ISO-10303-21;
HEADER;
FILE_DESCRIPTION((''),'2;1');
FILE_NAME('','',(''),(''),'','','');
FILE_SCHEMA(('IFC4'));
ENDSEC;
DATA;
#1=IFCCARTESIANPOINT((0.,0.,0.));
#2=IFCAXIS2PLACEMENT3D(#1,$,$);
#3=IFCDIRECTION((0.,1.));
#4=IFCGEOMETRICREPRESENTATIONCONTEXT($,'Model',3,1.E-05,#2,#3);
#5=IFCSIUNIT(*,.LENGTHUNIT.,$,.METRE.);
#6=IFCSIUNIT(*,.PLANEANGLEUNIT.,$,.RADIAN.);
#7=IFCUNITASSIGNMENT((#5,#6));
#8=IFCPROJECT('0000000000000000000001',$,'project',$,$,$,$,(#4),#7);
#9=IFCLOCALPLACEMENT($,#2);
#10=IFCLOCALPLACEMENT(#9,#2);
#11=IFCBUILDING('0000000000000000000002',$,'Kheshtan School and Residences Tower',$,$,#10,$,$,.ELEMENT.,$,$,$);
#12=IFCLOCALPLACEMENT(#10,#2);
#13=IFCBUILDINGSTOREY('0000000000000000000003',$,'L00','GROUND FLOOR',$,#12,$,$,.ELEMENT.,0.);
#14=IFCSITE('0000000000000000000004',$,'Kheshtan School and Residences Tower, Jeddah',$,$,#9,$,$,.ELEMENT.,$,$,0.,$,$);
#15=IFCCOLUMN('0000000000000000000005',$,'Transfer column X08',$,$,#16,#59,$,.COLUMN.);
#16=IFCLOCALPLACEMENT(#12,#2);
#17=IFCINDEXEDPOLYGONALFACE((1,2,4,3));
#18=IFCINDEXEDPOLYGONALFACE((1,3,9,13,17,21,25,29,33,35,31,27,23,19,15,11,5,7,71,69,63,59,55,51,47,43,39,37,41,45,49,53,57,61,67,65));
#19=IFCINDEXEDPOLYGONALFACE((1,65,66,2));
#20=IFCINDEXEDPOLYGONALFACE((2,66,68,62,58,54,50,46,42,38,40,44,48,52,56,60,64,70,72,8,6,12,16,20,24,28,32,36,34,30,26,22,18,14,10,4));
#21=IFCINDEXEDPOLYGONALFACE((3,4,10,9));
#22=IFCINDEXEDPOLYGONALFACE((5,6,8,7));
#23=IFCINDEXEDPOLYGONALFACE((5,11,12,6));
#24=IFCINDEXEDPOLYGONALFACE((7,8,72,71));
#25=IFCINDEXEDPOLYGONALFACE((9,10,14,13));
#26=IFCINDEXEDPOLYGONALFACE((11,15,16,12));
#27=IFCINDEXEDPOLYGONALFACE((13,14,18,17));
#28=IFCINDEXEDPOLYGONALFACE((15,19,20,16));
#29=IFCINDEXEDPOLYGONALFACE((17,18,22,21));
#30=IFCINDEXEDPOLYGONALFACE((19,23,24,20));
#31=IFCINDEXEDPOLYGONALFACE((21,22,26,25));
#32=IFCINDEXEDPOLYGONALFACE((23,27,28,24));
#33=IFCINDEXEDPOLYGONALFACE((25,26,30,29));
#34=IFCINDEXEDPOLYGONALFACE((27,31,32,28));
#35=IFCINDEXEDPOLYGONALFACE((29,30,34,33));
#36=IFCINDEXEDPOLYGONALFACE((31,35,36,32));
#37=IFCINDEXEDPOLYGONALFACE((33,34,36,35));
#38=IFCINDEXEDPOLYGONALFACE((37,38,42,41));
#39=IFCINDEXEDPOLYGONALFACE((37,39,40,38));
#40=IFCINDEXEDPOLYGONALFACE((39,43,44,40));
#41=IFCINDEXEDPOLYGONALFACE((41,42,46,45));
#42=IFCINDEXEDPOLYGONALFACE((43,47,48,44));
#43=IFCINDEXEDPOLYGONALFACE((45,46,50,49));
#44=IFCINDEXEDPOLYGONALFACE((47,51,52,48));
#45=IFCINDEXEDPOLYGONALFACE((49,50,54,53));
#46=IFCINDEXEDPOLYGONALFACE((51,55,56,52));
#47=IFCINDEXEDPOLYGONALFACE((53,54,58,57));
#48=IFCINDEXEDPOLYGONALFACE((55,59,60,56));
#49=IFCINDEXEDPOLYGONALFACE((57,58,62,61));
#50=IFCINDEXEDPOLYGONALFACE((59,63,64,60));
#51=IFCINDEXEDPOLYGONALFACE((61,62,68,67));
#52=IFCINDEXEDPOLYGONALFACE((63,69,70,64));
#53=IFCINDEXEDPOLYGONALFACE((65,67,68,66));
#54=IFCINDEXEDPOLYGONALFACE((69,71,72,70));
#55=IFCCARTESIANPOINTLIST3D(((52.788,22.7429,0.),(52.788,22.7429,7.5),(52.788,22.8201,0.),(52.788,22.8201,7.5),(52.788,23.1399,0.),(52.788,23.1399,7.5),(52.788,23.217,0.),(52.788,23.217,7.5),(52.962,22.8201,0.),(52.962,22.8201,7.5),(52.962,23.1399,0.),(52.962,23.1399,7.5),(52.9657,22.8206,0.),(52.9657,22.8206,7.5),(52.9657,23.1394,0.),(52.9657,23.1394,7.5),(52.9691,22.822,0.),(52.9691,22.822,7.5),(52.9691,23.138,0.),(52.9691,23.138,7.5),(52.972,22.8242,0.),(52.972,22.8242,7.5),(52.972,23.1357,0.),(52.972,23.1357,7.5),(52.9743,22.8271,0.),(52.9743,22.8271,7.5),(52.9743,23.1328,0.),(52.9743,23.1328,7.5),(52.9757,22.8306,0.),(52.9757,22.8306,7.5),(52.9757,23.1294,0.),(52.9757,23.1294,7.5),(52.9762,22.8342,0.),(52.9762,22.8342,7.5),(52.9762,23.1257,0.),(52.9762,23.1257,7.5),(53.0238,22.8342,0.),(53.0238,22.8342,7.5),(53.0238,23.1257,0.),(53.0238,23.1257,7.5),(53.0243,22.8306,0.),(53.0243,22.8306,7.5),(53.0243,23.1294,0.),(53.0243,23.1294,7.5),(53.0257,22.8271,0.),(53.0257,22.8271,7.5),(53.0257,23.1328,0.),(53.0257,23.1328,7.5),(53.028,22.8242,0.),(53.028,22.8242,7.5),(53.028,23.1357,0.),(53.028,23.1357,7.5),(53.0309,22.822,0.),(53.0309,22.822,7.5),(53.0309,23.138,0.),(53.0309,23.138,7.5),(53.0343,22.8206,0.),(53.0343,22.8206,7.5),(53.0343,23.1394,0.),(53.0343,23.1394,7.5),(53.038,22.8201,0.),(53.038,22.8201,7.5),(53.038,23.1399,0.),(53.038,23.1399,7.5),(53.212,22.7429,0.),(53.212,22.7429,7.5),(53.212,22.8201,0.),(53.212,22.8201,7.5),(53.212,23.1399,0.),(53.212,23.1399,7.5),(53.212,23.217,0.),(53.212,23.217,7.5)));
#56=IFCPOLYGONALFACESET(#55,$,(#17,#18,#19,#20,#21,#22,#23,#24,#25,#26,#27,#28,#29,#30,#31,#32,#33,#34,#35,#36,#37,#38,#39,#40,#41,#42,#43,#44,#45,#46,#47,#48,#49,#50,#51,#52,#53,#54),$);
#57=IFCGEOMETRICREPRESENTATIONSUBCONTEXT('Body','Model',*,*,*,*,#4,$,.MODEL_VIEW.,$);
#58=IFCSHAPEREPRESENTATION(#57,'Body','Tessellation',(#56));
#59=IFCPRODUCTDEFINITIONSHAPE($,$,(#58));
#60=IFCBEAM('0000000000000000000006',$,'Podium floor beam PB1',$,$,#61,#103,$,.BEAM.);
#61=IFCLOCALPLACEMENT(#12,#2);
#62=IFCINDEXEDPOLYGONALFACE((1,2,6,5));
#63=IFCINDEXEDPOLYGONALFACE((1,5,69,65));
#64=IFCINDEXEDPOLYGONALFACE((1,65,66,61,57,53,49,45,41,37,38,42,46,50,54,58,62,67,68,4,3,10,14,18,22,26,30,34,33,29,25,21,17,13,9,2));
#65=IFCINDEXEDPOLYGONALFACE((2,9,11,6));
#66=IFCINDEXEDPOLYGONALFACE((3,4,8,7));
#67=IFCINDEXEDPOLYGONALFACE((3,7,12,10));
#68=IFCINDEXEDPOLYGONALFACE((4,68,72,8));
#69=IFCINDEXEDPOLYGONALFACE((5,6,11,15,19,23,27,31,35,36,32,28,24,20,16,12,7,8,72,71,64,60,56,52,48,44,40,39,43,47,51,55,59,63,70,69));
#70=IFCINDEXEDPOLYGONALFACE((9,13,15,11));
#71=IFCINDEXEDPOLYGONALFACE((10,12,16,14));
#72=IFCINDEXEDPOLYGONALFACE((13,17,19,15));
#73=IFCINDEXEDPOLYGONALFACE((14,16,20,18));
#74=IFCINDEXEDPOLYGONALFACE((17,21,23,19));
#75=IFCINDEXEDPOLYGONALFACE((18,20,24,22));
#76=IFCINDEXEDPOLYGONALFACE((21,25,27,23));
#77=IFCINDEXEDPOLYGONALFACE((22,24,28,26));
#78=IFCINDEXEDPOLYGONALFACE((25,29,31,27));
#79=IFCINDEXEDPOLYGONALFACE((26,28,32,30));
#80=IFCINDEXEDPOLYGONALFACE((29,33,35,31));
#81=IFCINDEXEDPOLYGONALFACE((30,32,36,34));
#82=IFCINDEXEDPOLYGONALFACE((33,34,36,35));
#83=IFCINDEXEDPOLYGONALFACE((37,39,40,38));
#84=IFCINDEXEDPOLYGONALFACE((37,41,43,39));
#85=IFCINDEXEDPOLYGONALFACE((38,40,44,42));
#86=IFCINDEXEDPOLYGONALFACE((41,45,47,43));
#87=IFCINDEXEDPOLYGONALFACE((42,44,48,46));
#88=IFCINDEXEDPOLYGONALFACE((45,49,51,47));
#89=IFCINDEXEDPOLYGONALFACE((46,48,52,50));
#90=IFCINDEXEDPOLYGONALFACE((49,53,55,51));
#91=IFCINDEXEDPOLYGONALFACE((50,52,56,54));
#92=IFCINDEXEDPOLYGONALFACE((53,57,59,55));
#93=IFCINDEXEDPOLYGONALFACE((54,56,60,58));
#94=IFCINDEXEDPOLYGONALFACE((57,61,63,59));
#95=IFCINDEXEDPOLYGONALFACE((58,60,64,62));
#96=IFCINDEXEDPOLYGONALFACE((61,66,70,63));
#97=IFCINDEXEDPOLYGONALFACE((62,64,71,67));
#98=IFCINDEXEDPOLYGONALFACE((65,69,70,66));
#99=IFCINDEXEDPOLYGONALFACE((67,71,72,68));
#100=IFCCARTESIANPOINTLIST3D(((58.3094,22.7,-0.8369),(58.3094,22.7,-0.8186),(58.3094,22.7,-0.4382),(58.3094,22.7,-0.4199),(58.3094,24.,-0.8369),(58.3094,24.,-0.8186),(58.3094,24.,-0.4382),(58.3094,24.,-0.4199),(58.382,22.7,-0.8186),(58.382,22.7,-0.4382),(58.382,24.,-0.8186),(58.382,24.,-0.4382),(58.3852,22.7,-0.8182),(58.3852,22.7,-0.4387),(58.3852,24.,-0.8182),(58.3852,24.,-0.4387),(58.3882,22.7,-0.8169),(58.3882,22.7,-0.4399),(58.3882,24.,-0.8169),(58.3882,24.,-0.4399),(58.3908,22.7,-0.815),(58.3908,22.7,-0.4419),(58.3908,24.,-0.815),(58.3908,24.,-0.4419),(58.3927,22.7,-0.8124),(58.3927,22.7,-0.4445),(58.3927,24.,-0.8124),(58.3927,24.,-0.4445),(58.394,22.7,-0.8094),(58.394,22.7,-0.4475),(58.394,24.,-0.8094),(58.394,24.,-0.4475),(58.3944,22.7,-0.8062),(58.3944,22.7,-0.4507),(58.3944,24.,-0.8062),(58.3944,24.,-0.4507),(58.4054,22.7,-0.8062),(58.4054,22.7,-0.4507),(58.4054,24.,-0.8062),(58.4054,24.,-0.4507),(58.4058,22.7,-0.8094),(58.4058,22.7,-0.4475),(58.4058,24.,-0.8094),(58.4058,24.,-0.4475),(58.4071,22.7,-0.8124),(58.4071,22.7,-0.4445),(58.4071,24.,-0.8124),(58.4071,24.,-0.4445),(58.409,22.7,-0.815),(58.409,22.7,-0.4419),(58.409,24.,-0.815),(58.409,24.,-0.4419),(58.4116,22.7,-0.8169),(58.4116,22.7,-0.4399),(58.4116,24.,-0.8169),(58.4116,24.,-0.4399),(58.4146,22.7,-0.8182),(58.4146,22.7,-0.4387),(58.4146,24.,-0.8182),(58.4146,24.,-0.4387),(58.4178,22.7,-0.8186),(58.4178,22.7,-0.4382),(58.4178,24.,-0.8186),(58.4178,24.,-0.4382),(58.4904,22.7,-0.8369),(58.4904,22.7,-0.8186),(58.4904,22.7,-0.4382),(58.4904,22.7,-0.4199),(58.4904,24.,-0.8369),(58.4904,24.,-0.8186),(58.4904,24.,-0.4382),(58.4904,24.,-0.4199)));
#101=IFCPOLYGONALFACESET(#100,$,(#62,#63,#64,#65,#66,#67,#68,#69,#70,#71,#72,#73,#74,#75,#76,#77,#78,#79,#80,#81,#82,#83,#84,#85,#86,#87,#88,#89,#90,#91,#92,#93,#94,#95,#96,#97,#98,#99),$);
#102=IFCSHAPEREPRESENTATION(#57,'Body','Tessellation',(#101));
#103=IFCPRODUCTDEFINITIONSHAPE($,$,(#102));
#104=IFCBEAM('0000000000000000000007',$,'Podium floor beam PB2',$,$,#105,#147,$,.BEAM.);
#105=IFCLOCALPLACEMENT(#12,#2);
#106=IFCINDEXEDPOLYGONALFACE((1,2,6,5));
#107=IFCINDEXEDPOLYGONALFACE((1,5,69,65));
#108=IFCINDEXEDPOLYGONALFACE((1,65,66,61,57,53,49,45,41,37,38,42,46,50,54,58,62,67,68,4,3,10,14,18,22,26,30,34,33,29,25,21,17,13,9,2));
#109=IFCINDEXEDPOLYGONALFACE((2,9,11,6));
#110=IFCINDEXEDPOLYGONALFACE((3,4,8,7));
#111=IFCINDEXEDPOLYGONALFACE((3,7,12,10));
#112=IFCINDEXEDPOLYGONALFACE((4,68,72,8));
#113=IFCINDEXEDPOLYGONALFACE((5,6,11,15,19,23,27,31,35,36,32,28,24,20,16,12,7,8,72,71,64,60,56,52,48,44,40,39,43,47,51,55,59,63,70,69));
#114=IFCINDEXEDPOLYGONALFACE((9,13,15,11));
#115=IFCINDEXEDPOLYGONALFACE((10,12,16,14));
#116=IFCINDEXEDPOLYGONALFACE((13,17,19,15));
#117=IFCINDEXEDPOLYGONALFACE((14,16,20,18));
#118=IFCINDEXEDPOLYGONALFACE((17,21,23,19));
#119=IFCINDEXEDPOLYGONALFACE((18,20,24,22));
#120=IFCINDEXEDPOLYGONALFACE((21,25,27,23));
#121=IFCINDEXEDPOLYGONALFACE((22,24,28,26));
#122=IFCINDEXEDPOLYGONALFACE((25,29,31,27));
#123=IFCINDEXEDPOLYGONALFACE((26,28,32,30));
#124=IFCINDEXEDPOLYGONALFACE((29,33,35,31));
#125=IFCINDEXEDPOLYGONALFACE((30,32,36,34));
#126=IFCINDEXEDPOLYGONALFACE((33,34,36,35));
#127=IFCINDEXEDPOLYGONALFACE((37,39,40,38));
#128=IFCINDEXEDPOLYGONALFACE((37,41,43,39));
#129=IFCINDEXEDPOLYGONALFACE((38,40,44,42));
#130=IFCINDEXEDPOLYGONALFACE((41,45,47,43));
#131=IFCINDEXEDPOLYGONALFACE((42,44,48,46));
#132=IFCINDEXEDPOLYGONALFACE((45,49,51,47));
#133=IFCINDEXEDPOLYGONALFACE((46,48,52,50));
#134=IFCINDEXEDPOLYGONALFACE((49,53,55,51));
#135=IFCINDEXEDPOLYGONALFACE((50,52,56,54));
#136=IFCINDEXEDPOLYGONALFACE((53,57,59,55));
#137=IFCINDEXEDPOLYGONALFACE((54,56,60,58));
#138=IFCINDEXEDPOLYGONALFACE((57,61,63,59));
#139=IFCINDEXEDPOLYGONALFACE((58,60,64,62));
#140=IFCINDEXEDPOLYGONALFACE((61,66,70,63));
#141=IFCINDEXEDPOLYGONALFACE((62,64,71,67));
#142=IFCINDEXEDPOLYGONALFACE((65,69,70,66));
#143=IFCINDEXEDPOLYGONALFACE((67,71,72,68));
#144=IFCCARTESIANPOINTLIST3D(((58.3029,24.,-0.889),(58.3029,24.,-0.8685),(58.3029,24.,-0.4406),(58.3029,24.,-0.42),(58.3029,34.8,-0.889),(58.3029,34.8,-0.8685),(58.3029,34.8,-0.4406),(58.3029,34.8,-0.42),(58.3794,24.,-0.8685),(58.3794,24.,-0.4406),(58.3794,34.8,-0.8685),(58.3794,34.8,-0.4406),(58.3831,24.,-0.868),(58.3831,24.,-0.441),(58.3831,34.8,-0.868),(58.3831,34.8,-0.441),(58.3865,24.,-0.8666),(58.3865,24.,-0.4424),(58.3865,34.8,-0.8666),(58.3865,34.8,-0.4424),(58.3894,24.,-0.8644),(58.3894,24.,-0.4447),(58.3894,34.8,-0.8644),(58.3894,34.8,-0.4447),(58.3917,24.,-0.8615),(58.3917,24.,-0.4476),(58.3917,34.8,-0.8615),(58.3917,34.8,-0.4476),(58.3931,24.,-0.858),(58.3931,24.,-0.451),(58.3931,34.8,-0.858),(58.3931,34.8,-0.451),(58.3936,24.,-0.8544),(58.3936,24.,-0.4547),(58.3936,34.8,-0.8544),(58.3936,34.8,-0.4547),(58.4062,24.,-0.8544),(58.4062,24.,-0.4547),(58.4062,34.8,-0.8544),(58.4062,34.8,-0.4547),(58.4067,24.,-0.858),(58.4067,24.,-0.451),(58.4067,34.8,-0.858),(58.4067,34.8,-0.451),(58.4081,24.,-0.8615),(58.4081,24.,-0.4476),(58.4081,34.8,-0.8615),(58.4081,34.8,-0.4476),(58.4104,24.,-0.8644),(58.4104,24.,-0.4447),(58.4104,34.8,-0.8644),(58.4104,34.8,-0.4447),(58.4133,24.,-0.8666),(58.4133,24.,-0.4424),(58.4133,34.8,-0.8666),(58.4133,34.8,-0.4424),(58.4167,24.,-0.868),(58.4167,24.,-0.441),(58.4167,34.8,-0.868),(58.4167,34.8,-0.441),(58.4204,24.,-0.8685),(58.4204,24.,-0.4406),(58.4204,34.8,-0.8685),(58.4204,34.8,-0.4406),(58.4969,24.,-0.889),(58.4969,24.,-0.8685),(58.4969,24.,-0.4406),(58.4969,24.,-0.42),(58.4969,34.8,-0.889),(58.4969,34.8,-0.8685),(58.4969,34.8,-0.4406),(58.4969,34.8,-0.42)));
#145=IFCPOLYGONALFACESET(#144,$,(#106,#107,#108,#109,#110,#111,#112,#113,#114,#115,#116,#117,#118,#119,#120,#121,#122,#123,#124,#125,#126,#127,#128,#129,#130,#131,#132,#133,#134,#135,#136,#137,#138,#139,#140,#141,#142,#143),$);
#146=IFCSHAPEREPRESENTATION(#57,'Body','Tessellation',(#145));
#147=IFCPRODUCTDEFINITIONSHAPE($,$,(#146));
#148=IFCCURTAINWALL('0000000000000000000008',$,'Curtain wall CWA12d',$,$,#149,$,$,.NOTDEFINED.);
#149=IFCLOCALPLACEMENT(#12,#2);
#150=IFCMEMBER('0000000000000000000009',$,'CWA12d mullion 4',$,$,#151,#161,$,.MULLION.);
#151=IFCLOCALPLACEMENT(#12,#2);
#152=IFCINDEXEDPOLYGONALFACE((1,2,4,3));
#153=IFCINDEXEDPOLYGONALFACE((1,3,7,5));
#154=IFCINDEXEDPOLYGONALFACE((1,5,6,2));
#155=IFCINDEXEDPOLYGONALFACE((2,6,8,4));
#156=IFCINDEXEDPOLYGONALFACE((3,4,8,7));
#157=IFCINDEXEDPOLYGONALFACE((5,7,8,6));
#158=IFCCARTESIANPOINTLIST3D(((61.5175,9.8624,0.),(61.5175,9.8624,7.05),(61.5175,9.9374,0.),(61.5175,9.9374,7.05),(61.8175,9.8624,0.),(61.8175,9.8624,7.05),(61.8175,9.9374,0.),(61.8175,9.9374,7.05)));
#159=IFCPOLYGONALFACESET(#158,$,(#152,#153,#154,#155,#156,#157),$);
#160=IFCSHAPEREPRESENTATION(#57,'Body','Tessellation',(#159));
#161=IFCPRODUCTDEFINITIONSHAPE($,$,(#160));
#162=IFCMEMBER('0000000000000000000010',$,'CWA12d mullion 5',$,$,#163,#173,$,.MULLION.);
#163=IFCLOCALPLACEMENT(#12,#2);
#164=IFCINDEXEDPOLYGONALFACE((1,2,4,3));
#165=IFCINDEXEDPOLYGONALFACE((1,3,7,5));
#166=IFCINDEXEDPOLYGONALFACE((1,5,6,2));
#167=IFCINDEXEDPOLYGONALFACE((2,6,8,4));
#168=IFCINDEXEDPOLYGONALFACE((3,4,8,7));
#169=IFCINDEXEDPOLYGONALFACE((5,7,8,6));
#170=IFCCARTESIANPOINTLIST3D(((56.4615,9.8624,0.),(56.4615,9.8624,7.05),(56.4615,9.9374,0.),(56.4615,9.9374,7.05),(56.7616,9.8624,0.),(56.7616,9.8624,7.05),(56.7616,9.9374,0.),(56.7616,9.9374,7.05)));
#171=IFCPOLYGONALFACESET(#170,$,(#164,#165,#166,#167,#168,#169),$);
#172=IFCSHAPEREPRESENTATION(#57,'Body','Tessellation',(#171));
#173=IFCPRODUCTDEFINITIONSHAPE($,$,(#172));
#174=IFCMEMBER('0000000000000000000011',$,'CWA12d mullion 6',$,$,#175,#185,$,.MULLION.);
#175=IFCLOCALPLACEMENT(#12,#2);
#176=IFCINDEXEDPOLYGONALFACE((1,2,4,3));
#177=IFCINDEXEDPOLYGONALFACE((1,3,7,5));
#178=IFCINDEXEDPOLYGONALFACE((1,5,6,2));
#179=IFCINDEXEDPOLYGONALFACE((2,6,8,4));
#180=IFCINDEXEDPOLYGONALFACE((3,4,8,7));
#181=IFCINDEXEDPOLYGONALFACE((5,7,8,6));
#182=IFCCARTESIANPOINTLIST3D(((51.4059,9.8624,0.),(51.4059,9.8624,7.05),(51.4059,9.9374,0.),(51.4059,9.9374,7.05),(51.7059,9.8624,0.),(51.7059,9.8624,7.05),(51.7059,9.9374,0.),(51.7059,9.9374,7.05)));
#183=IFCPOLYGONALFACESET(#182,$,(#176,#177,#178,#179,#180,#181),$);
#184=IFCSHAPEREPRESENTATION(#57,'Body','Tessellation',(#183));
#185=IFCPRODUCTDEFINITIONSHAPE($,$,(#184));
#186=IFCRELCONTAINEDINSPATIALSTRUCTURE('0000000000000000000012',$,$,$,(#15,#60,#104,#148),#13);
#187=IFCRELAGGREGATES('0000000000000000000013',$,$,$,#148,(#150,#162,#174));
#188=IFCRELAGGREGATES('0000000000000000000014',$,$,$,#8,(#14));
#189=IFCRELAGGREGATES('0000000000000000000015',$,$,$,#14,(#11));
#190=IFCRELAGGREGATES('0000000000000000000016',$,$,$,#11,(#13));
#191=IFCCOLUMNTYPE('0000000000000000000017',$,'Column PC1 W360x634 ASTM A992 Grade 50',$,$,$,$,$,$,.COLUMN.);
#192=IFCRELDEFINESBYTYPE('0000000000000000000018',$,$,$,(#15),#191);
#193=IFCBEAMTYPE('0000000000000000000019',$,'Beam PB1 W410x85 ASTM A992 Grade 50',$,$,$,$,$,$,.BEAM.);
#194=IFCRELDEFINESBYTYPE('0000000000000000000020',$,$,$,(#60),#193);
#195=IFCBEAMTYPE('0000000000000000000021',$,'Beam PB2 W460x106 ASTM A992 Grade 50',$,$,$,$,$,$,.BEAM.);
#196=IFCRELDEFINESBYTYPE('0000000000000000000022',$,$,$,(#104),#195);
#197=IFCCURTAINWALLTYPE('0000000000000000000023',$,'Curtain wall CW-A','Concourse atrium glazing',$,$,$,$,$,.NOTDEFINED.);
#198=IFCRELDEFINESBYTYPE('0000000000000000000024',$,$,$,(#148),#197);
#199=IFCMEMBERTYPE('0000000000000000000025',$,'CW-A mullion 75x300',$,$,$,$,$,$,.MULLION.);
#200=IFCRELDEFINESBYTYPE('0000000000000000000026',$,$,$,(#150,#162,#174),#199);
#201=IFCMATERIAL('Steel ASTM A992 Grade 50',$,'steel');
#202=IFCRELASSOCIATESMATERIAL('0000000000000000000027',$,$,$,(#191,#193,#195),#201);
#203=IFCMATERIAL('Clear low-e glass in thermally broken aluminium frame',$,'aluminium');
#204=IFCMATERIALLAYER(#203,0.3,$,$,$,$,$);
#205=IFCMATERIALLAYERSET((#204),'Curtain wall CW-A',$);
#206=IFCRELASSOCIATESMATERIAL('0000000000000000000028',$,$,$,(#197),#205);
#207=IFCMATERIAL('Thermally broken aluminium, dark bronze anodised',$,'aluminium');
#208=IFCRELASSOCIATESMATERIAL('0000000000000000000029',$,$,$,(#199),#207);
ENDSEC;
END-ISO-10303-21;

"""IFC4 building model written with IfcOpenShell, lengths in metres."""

from ifc_helpers import new_model, si_unit, direction, frame, origin, origin_2d, place, context, subcontext, project, spatial, rectangle, i_section, extrude, material, layer, layer_set, material_profile, profile_set, type_object, element, aggregate, save


model = new_model("IFC4")

# Units and contexts
model_context = context("Model", 3, precision=1e-05, world=origin(), true_north=direction((0.0, 1.0)))
body_context = subcontext(model_context, "Body", "Model", "MODEL_VIEW")
ifc_project = project(units=[si_unit("LENGTHUNIT", "METRE"), si_unit("PLANEANGLEUNIT", "RADIAN")], contexts=[model_context])

# Site, building, storey
site_placement = place(None, origin())
site = spatial("IfcSite", under=ifc_project, at=site_placement, Name="Kheshtan School and Residences Tower, Jeddah", CompositionType="ELEMENT", RefElevation=0.0)
building_placement = place(site_placement, origin())
building = spatial("IfcBuilding", under=site, at=building_placement, Name="Kheshtan School and Residences Tower", CompositionType="ELEMENT")
storey_placement = place(building_placement, origin())
storey = spatial("IfcBuildingStorey", under=building, at=storey_placement, Name="L00", Description="GROUND FLOOR", CompositionType="ELEMENT", Elevation=0.0)

# Column
ifc_material_1 = material(Name="Steel ASTM A992 Grade 50", Category="steel")
ifc_material_profile_1 = material_profile(ifc_material_1, i_section(OverallWidth=0.4241, OverallDepth=0.4741, WebThickness=0.0476, FlangeThickness=0.0771, FilletRadius=0.0142, at=origin_2d()), Name="W360x634")
ifc_profile_set_1 = profile_set([ifc_material_profile_1], Name="Steel ASTM A992 Grade 50")
column_type = type_object("IfcColumnType", Name="Column PC1 W360x634 ASTM A992 Grade 50", PredefinedType="COLUMN", material=ifc_profile_set_1)
for number, where, z_axis, x_axis, name in (
    (1, (53.0, 22.98, 0.0), (0.0, 0.0, 1.0), (1.0, 0.0, 0.0), "Transfer column X08"),
):
    element("IfcColumn", number, at=place(storey_placement, frame(where, z_axis=z_axis, x_axis=x_axis)), inside=storey, type_object=column_type, Name=name, PredefinedType="COLUMN", context=body_context, shape_type="SweptSolid", body=[
        extrude(i_section(OverallWidth=0.4241, OverallDepth=0.4741, WebThickness=0.0476, FlangeThickness=0.0771, FilletRadius=0.0142, at=origin_2d()), origin(), (0.0, 0.0, 1.0), 7.5),
    ])

# Beams
ifc_material_profile_2 = material_profile(ifc_material_1, i_section(OverallWidth=0.1809, OverallDepth=0.417, WebThickness=0.011, FlangeThickness=0.0183, FilletRadius=0.0125, at=origin_2d()), Name="W410x85")
ifc_profile_set_2 = profile_set([ifc_material_profile_2], Name="Steel ASTM A992 Grade 50")
beam_type_1 = type_object("IfcBeamType", Name="Beam PB1 W410x85 ASTM A992 Grade 50", PredefinedType="BEAM", material=ifc_profile_set_2)
beam_1_placement = place(storey_placement, frame((58.3999, 22.7, -0.6284), z_axis=(0.0, 1.0, 0.0), x_axis=(-1.0, 0.0, 0.0)))
element("IfcBeam", 2, at=beam_1_placement, inside=storey, type_object=beam_type_1, Name="Podium floor beam PB1", PredefinedType="BEAM", context=body_context, shape_type="SweptSolid", body=[
    extrude(i_section(OverallWidth=0.1809, OverallDepth=0.417, WebThickness=0.011, FlangeThickness=0.0183, FilletRadius=0.0125, at=origin_2d()), origin(), (0.0, 0.0, 1.0), 1.3),
])
ifc_material_profile_3 = material_profile(ifc_material_1, i_section(OverallWidth=0.1941, OverallDepth=0.469, WebThickness=0.0127, FlangeThickness=0.0205, FilletRadius=0.0142, at=origin_2d()), Name="W460x106")
ifc_profile_set_3 = profile_set([ifc_material_profile_3], Name="Steel ASTM A992 Grade 50")
beam_type_2 = type_object("IfcBeamType", Name="Beam PB2 W460x106 ASTM A992 Grade 50", PredefinedType="BEAM", material=ifc_profile_set_3)
beam_2_placement = place(storey_placement, frame((58.3999, 24.0, -0.6545), z_axis=(0.0, 1.0, 0.0), x_axis=(-1.0, 0.0, 0.0)))
element("IfcBeam", 3, at=beam_2_placement, inside=storey, type_object=beam_type_2, Name="Podium floor beam PB2", PredefinedType="BEAM", context=body_context, shape_type="SweptSolid", body=[
    extrude(i_section(OverallWidth=0.1941, OverallDepth=0.469, WebThickness=0.0127, FlangeThickness=0.0205, FilletRadius=0.0142, at=origin_2d()), origin(), (0.0, 0.0, 1.0), 10.8),
])

# Curtain wall, members
ifc_material_2 = material(Name="Clear low-e glass in thermally broken aluminium frame", Category="aluminium")
ifc_layer_1 = layer(ifc_material_2, 0.3)
ifc_layer_set_1 = layer_set([ifc_layer_1], Name="Curtain wall CW-A")
curtain_wall_type = type_object("IfcCurtainWallType", Name="Curtain wall CW-A", Description="Concourse atrium glazing", PredefinedType="NOTDEFINED", material=ifc_layer_set_1)
curtain_wall_placement = place(storey_placement, origin())
curtain_wall = element("IfcCurtainWall", 4, at=curtain_wall_placement, inside=storey, type_object=curtain_wall_type, Name="Curtain wall CWA12d", PredefinedType="NOTDEFINED")
ifc_material_3 = material(Name="Thermally broken aluminium, dark bronze anodised", Category="aluminium")
ifc_material_profile_4 = material_profile(ifc_material_3, rectangle(XDim=0.075, YDim=0.3, at=origin_2d()), Name="CW-A mullion 75x300")
ifc_profile_set_4 = profile_set([ifc_material_profile_4], Name="Thermally broken aluminium, dark bronze anodised")
member_type = type_object("IfcMemberType", Name="CW-A mullion 75x300", PredefinedType="MULLION", material=ifc_profile_set_4)
member_1_placement = place(storey_placement, frame((61.6675, 9.8999, 0.0), z_axis=(0.0, 0.0, 1.0), x_axis=(0.0, -1.0, 0.0)))
member_1 = element("IfcMember", 5, at=member_1_placement, type_object=member_type, Name="CWA12d mullion 4", PredefinedType="MULLION", context=body_context, shape_type="SweptSolid", body=[
    extrude(rectangle(XDim=0.075, YDim=0.3, at=origin_2d()), origin(), (0.0, 0.0, 1.0), 7.05),
])
member_2_placement = place(storey_placement, frame((56.6116, 9.8999, 0.0), z_axis=(0.0, 0.0, 1.0), x_axis=(0.0, -1.0, 0.0)))
member_2 = element("IfcMember", 6, at=member_2_placement, type_object=member_type, Name="CWA12d mullion 5", PredefinedType="MULLION", context=body_context, shape_type="SweptSolid", body=[
    extrude(rectangle(XDim=0.075, YDim=0.3, at=origin_2d()), origin(), (0.0, 0.0, 1.0), 7.05),
])
member_3_placement = place(storey_placement, frame((51.5559, 9.8999, 0.0), z_axis=(0.0, 0.0, 1.0), x_axis=(0.0, -1.0, 0.0)))
member_3 = element("IfcMember", 7, at=member_3_placement, type_object=member_type, Name="CWA12d mullion 6", PredefinedType="MULLION", context=body_context, shape_type="SweptSolid", body=[
    extrude(rectangle(XDim=0.075, YDim=0.3, at=origin_2d()), origin(), (0.0, 0.0, 1.0), 7.05),
])
aggregate(curtain_wall, [member_1, member_2, member_3])

save(model, "model.ifc")
